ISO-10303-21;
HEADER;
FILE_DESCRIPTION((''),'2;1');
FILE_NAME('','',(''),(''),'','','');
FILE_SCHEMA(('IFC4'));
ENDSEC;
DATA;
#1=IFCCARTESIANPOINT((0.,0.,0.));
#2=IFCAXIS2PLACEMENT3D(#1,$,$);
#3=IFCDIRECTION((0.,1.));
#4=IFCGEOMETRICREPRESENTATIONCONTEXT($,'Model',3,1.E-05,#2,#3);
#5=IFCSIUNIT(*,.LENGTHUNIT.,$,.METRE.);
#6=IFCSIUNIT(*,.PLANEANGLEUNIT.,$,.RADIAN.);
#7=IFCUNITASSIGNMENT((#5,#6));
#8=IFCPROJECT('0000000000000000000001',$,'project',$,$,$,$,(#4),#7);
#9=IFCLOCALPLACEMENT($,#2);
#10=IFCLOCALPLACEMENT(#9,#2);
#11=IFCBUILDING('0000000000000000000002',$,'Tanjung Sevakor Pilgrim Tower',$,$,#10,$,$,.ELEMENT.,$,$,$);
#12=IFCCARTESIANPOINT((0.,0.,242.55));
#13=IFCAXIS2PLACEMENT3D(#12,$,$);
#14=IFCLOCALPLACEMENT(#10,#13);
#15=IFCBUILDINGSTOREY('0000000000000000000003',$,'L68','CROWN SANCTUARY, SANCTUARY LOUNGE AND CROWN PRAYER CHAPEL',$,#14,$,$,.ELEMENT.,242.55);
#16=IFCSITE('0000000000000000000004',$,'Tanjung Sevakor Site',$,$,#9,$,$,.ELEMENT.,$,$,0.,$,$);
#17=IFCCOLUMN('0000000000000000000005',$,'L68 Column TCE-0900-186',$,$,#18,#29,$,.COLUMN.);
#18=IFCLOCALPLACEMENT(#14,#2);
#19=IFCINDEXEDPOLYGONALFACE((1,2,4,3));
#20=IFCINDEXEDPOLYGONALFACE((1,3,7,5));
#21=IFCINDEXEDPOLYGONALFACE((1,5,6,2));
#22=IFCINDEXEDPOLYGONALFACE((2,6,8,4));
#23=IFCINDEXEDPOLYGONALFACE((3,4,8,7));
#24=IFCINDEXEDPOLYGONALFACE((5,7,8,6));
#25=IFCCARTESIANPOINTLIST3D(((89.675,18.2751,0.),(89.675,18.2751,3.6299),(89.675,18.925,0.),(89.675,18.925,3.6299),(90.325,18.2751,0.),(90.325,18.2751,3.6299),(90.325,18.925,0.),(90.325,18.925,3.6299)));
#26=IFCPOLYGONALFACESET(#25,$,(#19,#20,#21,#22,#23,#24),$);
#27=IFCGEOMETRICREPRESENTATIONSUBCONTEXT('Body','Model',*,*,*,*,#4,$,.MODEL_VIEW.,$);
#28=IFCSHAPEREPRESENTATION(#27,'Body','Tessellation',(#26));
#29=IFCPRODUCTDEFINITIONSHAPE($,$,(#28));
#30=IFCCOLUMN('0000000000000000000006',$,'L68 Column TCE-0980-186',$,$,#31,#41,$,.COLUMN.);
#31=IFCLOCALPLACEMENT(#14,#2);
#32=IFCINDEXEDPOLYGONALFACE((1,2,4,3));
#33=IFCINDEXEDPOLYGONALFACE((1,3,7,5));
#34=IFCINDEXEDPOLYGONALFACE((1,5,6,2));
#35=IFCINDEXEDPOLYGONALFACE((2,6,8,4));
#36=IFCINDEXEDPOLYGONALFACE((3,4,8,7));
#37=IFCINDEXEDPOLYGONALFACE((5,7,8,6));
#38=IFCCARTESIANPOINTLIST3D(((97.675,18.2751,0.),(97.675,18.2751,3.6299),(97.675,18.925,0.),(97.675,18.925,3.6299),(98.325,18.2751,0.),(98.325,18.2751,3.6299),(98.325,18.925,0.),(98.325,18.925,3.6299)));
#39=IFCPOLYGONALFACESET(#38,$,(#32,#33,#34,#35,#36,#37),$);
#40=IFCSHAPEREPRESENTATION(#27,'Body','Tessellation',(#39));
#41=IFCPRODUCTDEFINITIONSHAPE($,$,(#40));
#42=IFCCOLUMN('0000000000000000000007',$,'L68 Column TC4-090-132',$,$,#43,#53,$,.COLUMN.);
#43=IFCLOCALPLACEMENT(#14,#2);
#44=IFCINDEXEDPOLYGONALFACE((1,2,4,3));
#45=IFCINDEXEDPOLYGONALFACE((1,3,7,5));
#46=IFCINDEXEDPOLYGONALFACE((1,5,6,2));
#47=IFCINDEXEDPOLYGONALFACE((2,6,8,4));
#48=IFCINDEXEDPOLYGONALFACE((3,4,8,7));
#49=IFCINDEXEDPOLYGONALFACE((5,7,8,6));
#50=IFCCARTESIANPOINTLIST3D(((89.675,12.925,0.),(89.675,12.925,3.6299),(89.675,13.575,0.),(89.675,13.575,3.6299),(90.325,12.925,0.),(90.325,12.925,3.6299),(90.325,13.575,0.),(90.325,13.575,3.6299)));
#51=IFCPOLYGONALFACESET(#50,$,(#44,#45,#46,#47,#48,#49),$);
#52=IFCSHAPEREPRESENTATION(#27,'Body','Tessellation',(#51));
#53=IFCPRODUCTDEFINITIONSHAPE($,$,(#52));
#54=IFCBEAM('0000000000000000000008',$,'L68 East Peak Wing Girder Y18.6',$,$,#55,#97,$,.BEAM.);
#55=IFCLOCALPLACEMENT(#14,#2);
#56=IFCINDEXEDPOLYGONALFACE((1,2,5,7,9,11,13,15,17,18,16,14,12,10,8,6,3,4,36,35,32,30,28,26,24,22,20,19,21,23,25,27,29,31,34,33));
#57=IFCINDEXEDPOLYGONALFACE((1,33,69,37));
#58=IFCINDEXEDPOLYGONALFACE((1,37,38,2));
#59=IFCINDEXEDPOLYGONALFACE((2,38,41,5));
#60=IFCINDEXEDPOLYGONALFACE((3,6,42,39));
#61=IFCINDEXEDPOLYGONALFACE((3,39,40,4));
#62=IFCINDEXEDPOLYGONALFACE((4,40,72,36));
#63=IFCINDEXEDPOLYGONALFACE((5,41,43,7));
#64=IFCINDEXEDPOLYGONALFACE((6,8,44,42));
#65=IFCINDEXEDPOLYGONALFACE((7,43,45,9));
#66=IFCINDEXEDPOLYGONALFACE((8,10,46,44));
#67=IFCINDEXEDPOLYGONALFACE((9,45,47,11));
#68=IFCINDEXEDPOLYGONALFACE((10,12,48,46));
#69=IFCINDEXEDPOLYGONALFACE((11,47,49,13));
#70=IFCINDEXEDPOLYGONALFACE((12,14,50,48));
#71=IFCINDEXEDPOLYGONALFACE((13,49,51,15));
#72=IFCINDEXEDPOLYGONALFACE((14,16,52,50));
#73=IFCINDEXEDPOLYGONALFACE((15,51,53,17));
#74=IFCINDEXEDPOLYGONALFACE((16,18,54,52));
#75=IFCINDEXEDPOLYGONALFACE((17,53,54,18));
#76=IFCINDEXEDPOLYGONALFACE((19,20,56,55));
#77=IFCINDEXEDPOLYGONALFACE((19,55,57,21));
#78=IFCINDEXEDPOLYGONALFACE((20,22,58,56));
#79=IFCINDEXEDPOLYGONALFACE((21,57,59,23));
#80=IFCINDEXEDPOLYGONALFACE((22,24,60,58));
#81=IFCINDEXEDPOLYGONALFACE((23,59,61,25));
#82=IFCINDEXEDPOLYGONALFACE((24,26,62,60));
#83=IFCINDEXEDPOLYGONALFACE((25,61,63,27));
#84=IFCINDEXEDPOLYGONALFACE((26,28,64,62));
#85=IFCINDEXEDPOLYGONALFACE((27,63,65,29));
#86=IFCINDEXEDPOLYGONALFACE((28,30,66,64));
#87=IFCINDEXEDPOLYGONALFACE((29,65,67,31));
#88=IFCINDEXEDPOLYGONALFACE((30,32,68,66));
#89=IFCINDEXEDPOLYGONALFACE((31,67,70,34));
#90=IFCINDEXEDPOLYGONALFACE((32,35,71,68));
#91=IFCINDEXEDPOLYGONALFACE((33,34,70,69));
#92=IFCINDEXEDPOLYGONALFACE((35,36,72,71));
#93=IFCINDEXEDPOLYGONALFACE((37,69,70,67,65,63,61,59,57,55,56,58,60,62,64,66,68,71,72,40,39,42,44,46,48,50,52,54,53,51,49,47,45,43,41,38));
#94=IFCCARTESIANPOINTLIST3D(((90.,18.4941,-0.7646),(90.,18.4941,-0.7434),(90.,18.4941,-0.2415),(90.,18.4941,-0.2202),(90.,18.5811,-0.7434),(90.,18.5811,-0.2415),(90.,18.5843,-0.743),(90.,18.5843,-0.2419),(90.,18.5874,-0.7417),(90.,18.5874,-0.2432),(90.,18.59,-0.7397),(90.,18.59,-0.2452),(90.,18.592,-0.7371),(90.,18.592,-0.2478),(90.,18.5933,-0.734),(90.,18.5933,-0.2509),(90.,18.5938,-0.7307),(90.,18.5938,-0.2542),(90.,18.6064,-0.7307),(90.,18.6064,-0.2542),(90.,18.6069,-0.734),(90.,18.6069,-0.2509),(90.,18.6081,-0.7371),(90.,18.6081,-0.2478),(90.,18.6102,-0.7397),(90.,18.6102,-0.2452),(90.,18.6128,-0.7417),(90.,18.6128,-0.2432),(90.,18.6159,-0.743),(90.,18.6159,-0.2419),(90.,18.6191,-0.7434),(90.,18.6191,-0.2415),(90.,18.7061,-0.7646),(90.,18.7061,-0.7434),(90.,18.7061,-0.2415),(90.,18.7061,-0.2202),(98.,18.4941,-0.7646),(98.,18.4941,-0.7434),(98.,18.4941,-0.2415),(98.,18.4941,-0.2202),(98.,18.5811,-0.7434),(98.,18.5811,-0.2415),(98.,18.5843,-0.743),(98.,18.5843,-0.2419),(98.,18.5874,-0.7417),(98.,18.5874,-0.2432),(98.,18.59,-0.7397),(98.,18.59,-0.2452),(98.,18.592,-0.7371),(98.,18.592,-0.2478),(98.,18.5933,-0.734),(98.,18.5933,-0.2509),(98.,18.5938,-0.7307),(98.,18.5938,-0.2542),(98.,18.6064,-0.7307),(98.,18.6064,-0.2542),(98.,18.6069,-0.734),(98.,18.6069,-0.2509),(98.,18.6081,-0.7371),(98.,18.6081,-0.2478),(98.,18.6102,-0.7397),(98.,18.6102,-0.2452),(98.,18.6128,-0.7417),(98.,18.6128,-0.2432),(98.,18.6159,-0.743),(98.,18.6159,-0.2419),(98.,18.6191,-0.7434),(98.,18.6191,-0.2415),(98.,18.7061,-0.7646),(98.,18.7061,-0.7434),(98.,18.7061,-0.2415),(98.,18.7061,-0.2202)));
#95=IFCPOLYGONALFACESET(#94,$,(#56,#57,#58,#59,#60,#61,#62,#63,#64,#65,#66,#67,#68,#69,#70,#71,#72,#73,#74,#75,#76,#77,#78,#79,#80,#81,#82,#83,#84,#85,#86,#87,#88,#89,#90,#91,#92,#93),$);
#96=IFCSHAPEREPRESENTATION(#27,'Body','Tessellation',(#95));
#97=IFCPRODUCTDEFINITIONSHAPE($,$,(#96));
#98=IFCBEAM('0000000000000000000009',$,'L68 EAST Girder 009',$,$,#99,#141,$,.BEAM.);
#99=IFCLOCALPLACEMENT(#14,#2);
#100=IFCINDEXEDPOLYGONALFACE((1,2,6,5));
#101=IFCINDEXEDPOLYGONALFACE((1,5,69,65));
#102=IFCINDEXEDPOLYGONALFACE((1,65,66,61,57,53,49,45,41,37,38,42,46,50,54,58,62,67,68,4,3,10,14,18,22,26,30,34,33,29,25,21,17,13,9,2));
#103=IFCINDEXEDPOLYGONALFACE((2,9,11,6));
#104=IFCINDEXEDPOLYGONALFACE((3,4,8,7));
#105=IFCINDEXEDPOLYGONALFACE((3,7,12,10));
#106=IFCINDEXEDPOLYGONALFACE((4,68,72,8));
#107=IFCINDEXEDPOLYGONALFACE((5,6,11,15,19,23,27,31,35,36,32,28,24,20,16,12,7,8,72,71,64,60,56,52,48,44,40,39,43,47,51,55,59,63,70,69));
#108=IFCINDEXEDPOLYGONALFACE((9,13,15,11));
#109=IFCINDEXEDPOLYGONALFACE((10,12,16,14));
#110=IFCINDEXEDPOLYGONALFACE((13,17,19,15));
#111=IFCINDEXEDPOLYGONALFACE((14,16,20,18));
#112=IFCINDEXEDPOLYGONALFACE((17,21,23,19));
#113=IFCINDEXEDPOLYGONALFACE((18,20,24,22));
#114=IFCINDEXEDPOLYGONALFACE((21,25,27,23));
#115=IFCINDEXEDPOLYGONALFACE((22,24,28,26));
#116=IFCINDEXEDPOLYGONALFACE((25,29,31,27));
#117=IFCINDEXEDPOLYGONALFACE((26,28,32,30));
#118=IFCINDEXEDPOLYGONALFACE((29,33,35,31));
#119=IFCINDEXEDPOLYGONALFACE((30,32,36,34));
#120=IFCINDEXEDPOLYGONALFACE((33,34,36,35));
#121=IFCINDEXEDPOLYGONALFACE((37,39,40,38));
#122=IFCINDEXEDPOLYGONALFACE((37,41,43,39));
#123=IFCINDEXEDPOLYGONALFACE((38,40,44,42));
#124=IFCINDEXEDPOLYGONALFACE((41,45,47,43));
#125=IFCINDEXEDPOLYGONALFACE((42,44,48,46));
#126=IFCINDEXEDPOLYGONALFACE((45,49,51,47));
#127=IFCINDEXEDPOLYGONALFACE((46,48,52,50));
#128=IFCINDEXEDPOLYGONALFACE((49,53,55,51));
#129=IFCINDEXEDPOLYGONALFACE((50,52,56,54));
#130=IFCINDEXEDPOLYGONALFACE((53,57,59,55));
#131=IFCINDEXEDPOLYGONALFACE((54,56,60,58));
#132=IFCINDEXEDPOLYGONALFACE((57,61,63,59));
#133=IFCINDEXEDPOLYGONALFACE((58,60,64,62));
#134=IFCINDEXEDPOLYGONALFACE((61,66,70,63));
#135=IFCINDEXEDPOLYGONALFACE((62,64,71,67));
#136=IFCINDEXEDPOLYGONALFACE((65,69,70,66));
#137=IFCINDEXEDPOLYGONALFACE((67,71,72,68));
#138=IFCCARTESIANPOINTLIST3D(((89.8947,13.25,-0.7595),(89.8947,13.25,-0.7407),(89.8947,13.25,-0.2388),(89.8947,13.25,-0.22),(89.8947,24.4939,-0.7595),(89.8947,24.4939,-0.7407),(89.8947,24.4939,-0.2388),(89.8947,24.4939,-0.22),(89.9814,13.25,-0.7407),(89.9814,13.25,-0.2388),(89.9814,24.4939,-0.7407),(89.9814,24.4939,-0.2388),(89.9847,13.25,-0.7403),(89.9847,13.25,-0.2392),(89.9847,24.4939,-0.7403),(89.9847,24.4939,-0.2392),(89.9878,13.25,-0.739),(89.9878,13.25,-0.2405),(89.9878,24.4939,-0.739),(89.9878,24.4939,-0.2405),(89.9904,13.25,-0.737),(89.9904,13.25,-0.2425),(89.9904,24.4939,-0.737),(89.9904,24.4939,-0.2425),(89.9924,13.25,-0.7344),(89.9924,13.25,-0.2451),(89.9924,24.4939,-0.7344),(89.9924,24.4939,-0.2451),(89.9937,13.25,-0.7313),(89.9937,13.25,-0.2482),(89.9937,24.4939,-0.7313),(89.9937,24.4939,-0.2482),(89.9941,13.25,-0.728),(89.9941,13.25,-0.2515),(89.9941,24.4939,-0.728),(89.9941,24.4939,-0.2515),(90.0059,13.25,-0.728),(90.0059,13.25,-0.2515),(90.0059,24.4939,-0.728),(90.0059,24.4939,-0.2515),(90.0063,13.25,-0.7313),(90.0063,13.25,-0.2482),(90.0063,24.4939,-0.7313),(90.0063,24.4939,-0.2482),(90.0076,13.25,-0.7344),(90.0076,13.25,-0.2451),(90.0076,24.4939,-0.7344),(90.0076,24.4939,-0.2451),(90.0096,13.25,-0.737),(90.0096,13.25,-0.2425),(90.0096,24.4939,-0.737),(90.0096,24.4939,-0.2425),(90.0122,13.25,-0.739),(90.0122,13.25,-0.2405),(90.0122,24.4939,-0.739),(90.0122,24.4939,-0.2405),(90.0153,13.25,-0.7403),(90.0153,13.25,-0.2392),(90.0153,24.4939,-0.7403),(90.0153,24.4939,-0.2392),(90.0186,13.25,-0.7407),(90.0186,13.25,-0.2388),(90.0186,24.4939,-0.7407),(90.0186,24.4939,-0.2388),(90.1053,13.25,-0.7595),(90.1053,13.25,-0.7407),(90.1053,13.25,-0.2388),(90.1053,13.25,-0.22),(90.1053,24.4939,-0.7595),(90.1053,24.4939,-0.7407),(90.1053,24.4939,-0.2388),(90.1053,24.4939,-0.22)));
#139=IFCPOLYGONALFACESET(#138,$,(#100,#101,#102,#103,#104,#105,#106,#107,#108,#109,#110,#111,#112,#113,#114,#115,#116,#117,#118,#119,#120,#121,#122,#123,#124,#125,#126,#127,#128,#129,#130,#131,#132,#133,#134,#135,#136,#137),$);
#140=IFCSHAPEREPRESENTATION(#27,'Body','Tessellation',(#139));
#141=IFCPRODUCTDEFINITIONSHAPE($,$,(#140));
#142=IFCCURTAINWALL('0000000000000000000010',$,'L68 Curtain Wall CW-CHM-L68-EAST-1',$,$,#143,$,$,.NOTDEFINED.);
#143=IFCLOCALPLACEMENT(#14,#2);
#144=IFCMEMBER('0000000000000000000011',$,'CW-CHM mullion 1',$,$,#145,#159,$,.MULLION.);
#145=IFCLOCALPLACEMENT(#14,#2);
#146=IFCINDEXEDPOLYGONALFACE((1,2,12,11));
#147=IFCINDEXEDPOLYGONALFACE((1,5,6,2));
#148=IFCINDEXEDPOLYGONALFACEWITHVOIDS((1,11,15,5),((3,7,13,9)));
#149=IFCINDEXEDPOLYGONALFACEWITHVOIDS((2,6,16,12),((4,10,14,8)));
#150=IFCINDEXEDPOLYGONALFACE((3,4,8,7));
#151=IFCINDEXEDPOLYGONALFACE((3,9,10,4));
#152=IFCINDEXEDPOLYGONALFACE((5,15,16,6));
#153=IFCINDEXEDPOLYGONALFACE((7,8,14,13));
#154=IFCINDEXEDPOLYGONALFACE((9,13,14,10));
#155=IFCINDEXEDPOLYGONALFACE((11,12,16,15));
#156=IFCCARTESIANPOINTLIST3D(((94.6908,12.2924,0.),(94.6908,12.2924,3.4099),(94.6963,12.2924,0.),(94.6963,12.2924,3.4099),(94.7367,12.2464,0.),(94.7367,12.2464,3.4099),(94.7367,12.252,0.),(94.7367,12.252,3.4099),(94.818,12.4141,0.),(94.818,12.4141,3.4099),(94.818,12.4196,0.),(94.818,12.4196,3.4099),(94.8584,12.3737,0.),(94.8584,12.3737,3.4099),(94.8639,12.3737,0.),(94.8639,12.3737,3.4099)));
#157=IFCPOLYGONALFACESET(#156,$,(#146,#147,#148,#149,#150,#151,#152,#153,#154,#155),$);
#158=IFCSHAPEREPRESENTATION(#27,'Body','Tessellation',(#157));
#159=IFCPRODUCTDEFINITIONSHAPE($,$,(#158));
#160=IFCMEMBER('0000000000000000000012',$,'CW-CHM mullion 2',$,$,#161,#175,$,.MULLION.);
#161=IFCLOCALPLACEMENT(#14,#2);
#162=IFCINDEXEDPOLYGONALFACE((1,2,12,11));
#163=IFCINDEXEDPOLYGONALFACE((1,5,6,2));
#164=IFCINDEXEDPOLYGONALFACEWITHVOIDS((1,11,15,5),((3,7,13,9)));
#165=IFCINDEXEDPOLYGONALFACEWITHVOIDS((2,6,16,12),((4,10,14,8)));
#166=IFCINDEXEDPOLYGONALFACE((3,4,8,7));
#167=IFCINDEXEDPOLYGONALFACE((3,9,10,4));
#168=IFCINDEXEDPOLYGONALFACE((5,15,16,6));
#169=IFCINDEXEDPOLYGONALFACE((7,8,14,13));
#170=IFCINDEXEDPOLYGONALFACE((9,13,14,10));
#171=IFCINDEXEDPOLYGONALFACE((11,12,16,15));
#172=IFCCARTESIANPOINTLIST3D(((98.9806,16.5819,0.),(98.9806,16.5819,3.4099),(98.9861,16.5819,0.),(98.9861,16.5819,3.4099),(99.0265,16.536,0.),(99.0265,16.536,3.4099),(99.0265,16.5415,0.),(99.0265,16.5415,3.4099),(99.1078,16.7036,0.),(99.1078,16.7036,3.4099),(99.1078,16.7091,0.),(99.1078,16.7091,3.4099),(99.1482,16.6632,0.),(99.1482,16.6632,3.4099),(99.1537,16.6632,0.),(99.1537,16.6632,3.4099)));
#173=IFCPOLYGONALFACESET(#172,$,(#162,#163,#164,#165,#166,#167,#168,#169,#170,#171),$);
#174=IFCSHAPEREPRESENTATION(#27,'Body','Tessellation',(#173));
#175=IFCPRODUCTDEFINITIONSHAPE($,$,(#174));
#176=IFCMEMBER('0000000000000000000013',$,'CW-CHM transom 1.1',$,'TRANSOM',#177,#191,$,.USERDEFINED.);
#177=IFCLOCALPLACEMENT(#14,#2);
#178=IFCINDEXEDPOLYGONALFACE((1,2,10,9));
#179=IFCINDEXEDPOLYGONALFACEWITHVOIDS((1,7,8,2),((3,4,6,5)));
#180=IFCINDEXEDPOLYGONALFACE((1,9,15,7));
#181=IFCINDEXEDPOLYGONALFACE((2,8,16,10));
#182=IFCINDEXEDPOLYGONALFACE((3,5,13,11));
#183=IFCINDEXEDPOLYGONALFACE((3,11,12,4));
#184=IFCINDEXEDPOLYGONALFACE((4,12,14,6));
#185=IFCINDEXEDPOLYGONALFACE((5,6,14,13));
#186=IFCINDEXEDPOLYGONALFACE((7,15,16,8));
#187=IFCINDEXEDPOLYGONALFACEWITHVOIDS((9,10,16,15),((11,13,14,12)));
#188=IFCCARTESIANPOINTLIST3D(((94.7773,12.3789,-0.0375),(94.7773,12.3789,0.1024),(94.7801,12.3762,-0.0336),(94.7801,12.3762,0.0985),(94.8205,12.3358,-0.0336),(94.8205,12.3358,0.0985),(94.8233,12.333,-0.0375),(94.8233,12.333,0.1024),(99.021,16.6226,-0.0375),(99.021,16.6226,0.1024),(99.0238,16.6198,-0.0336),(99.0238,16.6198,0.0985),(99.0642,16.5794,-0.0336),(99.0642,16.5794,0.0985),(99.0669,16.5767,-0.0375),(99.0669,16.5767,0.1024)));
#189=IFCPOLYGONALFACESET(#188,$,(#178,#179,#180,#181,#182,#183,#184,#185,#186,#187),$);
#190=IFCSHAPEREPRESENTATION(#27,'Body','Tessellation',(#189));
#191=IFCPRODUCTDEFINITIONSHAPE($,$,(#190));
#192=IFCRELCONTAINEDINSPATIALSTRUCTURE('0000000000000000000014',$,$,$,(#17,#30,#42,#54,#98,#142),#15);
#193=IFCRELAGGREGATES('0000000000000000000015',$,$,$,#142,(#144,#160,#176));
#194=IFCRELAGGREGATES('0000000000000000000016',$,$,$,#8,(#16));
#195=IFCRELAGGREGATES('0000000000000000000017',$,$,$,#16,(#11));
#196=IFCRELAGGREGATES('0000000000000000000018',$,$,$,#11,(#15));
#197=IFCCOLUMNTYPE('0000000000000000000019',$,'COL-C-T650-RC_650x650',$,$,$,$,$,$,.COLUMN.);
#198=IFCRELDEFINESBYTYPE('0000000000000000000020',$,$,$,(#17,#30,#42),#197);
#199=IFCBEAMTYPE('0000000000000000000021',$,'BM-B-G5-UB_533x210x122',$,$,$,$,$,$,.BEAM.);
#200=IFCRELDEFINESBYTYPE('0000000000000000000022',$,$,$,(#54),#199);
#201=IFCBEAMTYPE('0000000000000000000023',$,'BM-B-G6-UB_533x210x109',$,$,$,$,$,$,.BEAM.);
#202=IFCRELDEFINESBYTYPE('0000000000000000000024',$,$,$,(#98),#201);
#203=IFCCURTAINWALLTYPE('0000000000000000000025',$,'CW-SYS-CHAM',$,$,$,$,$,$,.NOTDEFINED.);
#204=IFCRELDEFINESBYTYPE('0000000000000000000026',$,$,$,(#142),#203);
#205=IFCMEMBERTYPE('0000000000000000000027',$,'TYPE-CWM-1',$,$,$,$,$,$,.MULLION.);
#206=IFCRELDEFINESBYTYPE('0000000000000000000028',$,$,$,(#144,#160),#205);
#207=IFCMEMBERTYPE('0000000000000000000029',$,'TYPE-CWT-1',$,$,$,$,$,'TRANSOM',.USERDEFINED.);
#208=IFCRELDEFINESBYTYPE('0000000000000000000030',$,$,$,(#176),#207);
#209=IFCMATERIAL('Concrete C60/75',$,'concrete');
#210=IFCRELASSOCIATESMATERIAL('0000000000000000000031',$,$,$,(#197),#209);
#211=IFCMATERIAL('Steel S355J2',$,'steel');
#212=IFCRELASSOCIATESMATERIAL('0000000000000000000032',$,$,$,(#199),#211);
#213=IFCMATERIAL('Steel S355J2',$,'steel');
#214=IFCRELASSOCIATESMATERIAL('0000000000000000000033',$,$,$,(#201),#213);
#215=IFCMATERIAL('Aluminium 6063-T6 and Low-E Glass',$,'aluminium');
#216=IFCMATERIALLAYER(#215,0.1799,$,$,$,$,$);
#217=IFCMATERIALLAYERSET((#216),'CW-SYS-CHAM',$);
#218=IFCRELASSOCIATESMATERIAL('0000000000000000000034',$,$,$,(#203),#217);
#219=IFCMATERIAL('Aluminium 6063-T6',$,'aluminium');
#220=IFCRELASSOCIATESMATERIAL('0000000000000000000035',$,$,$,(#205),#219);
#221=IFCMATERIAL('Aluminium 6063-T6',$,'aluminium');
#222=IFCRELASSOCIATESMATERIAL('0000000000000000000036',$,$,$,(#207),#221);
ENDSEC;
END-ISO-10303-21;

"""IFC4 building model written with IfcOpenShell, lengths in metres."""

from ifc_helpers import new_model, si_unit, direction, frame, origin, origin_2d, place, context, subcontext, project, spatial, rectangle, hollow_rectangle, i_section, extrude, material, layer, layer_set, material_profile, profile_set, type_object, element, aggregate, save


model = new_model("IFC4")

# Units and contexts
model_context = context("Model", 3, precision=1e-05, world=origin(), true_north=direction((0.0, 1.0)))
body_context = subcontext(model_context, "Body", "Model", "MODEL_VIEW")
ifc_project = project(units=[si_unit("LENGTHUNIT", "METRE"), si_unit("PLANEANGLEUNIT", "RADIAN")], contexts=[model_context])

# Site, building, storey
site_placement = place(None, origin())
site = spatial("IfcSite", under=ifc_project, at=site_placement, Name="Tanjung Sevakor Site", CompositionType="ELEMENT", RefElevation=0.0)
building_placement = place(site_placement, origin())
building = spatial("IfcBuilding", under=site, at=building_placement, Name="Tanjung Sevakor Pilgrim Tower", CompositionType="ELEMENT")
storey_placement = place(building_placement, frame((0.0, 0.0, 242.55)))
storey = spatial("IfcBuildingStorey", under=building, at=storey_placement, Name="L68", Description="CROWN SANCTUARY, SANCTUARY LOUNGE AND CROWN PRAYER CHAPEL", CompositionType="ELEMENT", Elevation=242.55)

# Columns
ifc_material_1 = material(Name="Concrete C60/75", Category="concrete")
ifc_material_profile_1 = material_profile(ifc_material_1, rectangle(XDim=0.6499, YDim=0.6499, at=origin_2d()))
ifc_profile_set_1 = profile_set([ifc_material_profile_1], Name="Concrete C60/75")
column_type = type_object("IfcColumnType", Name="COL-C-T650-RC_650x650", PredefinedType="COLUMN", material=ifc_profile_set_1)
for number, where, z_axis, x_axis, name in (
    (1, (90.0, 18.6001, 0.0), (0.0, 0.0, 1.0), (1.0, 0.0, 0.0), "L68 Column TCE-0900-186"),
    (2, (98.0, 18.6001, 0.0), (0.0, 0.0, 1.0), (1.0, 0.0, 0.0), "L68 Column TCE-0980-186"),
    (3, (90.0, 13.25, 0.0), (0.0, 0.0, 1.0), (1.0, 0.0, 0.0), "L68 Column TC4-090-132"),
):
    element("IfcColumn", number, at=place(storey_placement, frame(where, z_axis=z_axis, x_axis=x_axis)), inside=storey, type_object=column_type, Name=name, PredefinedType="COLUMN", context=body_context, shape_type="SweptSolid", body=[
        extrude(rectangle(XDim=0.6499, YDim=0.6499, at=origin_2d()), origin(), (0.0, 0.0, 1.0), 3.6299),
    ])

# Beams
ifc_material_2 = material(Name="Steel S355J2", Category="steel")
ifc_material_profile_2 = material_profile(ifc_material_2, i_section(OverallWidth=0.2119, OverallDepth=0.5444, WebThickness=0.0127, FlangeThickness=0.0212, FilletRadius=0.0127, at=origin_2d()))
ifc_profile_set_2 = profile_set([ifc_material_profile_2], Name="Steel S355J2")
beam_type_1 = type_object("IfcBeamType", Name="BM-B-G5-UB_533x210x122", PredefinedType="BEAM", material=ifc_profile_set_2)
beam_1_placement = place(storey_placement, frame((90.0, 18.6001, -0.4924), z_axis=(1.0, 0.0, 0.0), x_axis=(0.0, 1.0, 0.0)))
element("IfcBeam", 4, at=beam_1_placement, inside=storey, type_object=beam_type_1, Name="L68 East Peak Wing Girder Y18.6", PredefinedType="BEAM", context=body_context, shape_type="SweptSolid", body=[
    extrude(i_section(OverallWidth=0.2119, OverallDepth=0.5444, WebThickness=0.0127, FlangeThickness=0.0212, FilletRadius=0.0127, at=origin_2d()), origin(), (0.0, 0.0, 1.0), 8.0),
])
ifc_material_3 = material(Name="Steel S355J2", Category="steel")
ifc_material_profile_3 = material_profile(ifc_material_3, i_section(OverallWidth=0.2107, OverallDepth=0.5396, WebThickness=0.0117, FlangeThickness=0.0188, FilletRadius=0.0127, at=origin_2d()))
ifc_profile_set_3 = profile_set([ifc_material_profile_3], Name="Steel S355J2")
beam_type_2 = type_object("IfcBeamType", Name="BM-B-G6-UB_533x210x109", PredefinedType="BEAM", material=ifc_profile_set_3)
beam_2_placement = place(storey_placement, frame((90.0, 13.25, -0.4897), z_axis=(0.0, 1.0, 0.0), x_axis=(-1.0, 0.0, 0.0)))
element("IfcBeam", 5, at=beam_2_placement, inside=storey, type_object=beam_type_2, Name="L68 EAST Girder 009", PredefinedType="BEAM", context=body_context, shape_type="SweptSolid", body=[
    extrude(i_section(OverallWidth=0.2107, OverallDepth=0.5396, WebThickness=0.0117, FlangeThickness=0.0188, FilletRadius=0.0127, at=origin_2d()), origin(), (0.0, 0.0, 1.0), 11.2439),
])

# Curtain wall, members
ifc_material_4 = material(Name="Aluminium 6063-T6 and Low-E Glass", Category="aluminium")
ifc_layer_1 = layer(ifc_material_4, 0.1799)
ifc_layer_set_1 = layer_set([ifc_layer_1], Name="CW-SYS-CHAM")
curtain_wall_type = type_object("IfcCurtainWallType", Name="CW-SYS-CHAM", PredefinedType="NOTDEFINED", material=ifc_layer_set_1)
curtain_wall_placement = place(storey_placement, origin())
curtain_wall = element("IfcCurtainWall", 6, at=curtain_wall_placement, inside=storey, type_object=curtain_wall_type, Name="L68 Curtain Wall CW-CHM-L68-EAST-1", PredefinedType="NOTDEFINED")
ifc_material_5 = material(Name="Aluminium 6063-T6", Category="aluminium")
ifc_material_profile_4 = material_profile(ifc_material_5, hollow_rectangle(XDim=0.0649, YDim=0.1799, WallThickness=0.0039, at=origin_2d()))
ifc_profile_set_4 = profile_set([ifc_material_profile_4], Name="Aluminium 6063-T6")
member_type_1 = type_object("IfcMemberType", Name="TYPE-CWM-1", PredefinedType="MULLION", material=ifc_profile_set_4)
member_1_placement = place(storey_placement, frame((94.7773, 12.333, 0.0), z_axis=(0.0, 0.0, 1.0), x_axis=(-0.707107, 0.707107, 0.0)))
member_1 = element("IfcMember", 7, at=member_1_placement, type_object=member_type_1, Name="CW-CHM mullion 1", PredefinedType="MULLION", context=body_context, shape_type="SweptSolid", body=[
    extrude(hollow_rectangle(XDim=0.0649, YDim=0.1799, WallThickness=0.0039, at=origin_2d()), origin(), (0.0, 0.0, 1.0), 3.4099),
])
member_2_placement = place(storey_placement, frame((99.0671, 16.6226, 0.0), z_axis=(0.0, 0.0, 1.0), x_axis=(-0.707107, 0.707107, 0.0)))
member_2 = element("IfcMember", 8, at=member_2_placement, type_object=member_type_1, Name="CW-CHM mullion 2", PredefinedType="MULLION", context=body_context, shape_type="SweptSolid", body=[
    extrude(hollow_rectangle(XDim=0.0649, YDim=0.1799, WallThickness=0.0039, at=origin_2d()), origin(), (0.0, 0.0, 1.0), 3.4099),
])
ifc_material_6 = material(Name="Aluminium 6063-T6", Category="aluminium")
ifc_material_profile_5 = material_profile(ifc_material_6, hollow_rectangle(XDim=0.0649, YDim=0.1399, WallThickness=0.0039, at=origin_2d()))
ifc_profile_set_5 = profile_set([ifc_material_profile_5], Name="Aluminium 6063-T6")
member_type_2 = type_object("IfcMemberType", Name="TYPE-CWT-1", ElementType="TRANSOM", PredefinedType="USERDEFINED", material=ifc_profile_set_5)
member_3_placement = place(storey_placement, frame((94.8003, 12.356, 0.0325), z_axis=(0.707107, 0.707107, 0.0), x_axis=(-0.707107, 0.707107, 0.0)))
member_3 = element("IfcMember", 9, at=member_3_placement, type_object=member_type_2, Name="CW-CHM transom 1.1", ObjectType="TRANSOM", PredefinedType="USERDEFINED", context=body_context, shape_type="SweptSolid", body=[
    extrude(hollow_rectangle(XDim=0.0649, YDim=0.1399, WallThickness=0.0039, at=origin_2d()), origin(), (0.0, 0.0, 1.0), 6.0015),
])
aggregate(curtain_wall, [member_1, member_2, member_3])

save(model, "model.ifc")
